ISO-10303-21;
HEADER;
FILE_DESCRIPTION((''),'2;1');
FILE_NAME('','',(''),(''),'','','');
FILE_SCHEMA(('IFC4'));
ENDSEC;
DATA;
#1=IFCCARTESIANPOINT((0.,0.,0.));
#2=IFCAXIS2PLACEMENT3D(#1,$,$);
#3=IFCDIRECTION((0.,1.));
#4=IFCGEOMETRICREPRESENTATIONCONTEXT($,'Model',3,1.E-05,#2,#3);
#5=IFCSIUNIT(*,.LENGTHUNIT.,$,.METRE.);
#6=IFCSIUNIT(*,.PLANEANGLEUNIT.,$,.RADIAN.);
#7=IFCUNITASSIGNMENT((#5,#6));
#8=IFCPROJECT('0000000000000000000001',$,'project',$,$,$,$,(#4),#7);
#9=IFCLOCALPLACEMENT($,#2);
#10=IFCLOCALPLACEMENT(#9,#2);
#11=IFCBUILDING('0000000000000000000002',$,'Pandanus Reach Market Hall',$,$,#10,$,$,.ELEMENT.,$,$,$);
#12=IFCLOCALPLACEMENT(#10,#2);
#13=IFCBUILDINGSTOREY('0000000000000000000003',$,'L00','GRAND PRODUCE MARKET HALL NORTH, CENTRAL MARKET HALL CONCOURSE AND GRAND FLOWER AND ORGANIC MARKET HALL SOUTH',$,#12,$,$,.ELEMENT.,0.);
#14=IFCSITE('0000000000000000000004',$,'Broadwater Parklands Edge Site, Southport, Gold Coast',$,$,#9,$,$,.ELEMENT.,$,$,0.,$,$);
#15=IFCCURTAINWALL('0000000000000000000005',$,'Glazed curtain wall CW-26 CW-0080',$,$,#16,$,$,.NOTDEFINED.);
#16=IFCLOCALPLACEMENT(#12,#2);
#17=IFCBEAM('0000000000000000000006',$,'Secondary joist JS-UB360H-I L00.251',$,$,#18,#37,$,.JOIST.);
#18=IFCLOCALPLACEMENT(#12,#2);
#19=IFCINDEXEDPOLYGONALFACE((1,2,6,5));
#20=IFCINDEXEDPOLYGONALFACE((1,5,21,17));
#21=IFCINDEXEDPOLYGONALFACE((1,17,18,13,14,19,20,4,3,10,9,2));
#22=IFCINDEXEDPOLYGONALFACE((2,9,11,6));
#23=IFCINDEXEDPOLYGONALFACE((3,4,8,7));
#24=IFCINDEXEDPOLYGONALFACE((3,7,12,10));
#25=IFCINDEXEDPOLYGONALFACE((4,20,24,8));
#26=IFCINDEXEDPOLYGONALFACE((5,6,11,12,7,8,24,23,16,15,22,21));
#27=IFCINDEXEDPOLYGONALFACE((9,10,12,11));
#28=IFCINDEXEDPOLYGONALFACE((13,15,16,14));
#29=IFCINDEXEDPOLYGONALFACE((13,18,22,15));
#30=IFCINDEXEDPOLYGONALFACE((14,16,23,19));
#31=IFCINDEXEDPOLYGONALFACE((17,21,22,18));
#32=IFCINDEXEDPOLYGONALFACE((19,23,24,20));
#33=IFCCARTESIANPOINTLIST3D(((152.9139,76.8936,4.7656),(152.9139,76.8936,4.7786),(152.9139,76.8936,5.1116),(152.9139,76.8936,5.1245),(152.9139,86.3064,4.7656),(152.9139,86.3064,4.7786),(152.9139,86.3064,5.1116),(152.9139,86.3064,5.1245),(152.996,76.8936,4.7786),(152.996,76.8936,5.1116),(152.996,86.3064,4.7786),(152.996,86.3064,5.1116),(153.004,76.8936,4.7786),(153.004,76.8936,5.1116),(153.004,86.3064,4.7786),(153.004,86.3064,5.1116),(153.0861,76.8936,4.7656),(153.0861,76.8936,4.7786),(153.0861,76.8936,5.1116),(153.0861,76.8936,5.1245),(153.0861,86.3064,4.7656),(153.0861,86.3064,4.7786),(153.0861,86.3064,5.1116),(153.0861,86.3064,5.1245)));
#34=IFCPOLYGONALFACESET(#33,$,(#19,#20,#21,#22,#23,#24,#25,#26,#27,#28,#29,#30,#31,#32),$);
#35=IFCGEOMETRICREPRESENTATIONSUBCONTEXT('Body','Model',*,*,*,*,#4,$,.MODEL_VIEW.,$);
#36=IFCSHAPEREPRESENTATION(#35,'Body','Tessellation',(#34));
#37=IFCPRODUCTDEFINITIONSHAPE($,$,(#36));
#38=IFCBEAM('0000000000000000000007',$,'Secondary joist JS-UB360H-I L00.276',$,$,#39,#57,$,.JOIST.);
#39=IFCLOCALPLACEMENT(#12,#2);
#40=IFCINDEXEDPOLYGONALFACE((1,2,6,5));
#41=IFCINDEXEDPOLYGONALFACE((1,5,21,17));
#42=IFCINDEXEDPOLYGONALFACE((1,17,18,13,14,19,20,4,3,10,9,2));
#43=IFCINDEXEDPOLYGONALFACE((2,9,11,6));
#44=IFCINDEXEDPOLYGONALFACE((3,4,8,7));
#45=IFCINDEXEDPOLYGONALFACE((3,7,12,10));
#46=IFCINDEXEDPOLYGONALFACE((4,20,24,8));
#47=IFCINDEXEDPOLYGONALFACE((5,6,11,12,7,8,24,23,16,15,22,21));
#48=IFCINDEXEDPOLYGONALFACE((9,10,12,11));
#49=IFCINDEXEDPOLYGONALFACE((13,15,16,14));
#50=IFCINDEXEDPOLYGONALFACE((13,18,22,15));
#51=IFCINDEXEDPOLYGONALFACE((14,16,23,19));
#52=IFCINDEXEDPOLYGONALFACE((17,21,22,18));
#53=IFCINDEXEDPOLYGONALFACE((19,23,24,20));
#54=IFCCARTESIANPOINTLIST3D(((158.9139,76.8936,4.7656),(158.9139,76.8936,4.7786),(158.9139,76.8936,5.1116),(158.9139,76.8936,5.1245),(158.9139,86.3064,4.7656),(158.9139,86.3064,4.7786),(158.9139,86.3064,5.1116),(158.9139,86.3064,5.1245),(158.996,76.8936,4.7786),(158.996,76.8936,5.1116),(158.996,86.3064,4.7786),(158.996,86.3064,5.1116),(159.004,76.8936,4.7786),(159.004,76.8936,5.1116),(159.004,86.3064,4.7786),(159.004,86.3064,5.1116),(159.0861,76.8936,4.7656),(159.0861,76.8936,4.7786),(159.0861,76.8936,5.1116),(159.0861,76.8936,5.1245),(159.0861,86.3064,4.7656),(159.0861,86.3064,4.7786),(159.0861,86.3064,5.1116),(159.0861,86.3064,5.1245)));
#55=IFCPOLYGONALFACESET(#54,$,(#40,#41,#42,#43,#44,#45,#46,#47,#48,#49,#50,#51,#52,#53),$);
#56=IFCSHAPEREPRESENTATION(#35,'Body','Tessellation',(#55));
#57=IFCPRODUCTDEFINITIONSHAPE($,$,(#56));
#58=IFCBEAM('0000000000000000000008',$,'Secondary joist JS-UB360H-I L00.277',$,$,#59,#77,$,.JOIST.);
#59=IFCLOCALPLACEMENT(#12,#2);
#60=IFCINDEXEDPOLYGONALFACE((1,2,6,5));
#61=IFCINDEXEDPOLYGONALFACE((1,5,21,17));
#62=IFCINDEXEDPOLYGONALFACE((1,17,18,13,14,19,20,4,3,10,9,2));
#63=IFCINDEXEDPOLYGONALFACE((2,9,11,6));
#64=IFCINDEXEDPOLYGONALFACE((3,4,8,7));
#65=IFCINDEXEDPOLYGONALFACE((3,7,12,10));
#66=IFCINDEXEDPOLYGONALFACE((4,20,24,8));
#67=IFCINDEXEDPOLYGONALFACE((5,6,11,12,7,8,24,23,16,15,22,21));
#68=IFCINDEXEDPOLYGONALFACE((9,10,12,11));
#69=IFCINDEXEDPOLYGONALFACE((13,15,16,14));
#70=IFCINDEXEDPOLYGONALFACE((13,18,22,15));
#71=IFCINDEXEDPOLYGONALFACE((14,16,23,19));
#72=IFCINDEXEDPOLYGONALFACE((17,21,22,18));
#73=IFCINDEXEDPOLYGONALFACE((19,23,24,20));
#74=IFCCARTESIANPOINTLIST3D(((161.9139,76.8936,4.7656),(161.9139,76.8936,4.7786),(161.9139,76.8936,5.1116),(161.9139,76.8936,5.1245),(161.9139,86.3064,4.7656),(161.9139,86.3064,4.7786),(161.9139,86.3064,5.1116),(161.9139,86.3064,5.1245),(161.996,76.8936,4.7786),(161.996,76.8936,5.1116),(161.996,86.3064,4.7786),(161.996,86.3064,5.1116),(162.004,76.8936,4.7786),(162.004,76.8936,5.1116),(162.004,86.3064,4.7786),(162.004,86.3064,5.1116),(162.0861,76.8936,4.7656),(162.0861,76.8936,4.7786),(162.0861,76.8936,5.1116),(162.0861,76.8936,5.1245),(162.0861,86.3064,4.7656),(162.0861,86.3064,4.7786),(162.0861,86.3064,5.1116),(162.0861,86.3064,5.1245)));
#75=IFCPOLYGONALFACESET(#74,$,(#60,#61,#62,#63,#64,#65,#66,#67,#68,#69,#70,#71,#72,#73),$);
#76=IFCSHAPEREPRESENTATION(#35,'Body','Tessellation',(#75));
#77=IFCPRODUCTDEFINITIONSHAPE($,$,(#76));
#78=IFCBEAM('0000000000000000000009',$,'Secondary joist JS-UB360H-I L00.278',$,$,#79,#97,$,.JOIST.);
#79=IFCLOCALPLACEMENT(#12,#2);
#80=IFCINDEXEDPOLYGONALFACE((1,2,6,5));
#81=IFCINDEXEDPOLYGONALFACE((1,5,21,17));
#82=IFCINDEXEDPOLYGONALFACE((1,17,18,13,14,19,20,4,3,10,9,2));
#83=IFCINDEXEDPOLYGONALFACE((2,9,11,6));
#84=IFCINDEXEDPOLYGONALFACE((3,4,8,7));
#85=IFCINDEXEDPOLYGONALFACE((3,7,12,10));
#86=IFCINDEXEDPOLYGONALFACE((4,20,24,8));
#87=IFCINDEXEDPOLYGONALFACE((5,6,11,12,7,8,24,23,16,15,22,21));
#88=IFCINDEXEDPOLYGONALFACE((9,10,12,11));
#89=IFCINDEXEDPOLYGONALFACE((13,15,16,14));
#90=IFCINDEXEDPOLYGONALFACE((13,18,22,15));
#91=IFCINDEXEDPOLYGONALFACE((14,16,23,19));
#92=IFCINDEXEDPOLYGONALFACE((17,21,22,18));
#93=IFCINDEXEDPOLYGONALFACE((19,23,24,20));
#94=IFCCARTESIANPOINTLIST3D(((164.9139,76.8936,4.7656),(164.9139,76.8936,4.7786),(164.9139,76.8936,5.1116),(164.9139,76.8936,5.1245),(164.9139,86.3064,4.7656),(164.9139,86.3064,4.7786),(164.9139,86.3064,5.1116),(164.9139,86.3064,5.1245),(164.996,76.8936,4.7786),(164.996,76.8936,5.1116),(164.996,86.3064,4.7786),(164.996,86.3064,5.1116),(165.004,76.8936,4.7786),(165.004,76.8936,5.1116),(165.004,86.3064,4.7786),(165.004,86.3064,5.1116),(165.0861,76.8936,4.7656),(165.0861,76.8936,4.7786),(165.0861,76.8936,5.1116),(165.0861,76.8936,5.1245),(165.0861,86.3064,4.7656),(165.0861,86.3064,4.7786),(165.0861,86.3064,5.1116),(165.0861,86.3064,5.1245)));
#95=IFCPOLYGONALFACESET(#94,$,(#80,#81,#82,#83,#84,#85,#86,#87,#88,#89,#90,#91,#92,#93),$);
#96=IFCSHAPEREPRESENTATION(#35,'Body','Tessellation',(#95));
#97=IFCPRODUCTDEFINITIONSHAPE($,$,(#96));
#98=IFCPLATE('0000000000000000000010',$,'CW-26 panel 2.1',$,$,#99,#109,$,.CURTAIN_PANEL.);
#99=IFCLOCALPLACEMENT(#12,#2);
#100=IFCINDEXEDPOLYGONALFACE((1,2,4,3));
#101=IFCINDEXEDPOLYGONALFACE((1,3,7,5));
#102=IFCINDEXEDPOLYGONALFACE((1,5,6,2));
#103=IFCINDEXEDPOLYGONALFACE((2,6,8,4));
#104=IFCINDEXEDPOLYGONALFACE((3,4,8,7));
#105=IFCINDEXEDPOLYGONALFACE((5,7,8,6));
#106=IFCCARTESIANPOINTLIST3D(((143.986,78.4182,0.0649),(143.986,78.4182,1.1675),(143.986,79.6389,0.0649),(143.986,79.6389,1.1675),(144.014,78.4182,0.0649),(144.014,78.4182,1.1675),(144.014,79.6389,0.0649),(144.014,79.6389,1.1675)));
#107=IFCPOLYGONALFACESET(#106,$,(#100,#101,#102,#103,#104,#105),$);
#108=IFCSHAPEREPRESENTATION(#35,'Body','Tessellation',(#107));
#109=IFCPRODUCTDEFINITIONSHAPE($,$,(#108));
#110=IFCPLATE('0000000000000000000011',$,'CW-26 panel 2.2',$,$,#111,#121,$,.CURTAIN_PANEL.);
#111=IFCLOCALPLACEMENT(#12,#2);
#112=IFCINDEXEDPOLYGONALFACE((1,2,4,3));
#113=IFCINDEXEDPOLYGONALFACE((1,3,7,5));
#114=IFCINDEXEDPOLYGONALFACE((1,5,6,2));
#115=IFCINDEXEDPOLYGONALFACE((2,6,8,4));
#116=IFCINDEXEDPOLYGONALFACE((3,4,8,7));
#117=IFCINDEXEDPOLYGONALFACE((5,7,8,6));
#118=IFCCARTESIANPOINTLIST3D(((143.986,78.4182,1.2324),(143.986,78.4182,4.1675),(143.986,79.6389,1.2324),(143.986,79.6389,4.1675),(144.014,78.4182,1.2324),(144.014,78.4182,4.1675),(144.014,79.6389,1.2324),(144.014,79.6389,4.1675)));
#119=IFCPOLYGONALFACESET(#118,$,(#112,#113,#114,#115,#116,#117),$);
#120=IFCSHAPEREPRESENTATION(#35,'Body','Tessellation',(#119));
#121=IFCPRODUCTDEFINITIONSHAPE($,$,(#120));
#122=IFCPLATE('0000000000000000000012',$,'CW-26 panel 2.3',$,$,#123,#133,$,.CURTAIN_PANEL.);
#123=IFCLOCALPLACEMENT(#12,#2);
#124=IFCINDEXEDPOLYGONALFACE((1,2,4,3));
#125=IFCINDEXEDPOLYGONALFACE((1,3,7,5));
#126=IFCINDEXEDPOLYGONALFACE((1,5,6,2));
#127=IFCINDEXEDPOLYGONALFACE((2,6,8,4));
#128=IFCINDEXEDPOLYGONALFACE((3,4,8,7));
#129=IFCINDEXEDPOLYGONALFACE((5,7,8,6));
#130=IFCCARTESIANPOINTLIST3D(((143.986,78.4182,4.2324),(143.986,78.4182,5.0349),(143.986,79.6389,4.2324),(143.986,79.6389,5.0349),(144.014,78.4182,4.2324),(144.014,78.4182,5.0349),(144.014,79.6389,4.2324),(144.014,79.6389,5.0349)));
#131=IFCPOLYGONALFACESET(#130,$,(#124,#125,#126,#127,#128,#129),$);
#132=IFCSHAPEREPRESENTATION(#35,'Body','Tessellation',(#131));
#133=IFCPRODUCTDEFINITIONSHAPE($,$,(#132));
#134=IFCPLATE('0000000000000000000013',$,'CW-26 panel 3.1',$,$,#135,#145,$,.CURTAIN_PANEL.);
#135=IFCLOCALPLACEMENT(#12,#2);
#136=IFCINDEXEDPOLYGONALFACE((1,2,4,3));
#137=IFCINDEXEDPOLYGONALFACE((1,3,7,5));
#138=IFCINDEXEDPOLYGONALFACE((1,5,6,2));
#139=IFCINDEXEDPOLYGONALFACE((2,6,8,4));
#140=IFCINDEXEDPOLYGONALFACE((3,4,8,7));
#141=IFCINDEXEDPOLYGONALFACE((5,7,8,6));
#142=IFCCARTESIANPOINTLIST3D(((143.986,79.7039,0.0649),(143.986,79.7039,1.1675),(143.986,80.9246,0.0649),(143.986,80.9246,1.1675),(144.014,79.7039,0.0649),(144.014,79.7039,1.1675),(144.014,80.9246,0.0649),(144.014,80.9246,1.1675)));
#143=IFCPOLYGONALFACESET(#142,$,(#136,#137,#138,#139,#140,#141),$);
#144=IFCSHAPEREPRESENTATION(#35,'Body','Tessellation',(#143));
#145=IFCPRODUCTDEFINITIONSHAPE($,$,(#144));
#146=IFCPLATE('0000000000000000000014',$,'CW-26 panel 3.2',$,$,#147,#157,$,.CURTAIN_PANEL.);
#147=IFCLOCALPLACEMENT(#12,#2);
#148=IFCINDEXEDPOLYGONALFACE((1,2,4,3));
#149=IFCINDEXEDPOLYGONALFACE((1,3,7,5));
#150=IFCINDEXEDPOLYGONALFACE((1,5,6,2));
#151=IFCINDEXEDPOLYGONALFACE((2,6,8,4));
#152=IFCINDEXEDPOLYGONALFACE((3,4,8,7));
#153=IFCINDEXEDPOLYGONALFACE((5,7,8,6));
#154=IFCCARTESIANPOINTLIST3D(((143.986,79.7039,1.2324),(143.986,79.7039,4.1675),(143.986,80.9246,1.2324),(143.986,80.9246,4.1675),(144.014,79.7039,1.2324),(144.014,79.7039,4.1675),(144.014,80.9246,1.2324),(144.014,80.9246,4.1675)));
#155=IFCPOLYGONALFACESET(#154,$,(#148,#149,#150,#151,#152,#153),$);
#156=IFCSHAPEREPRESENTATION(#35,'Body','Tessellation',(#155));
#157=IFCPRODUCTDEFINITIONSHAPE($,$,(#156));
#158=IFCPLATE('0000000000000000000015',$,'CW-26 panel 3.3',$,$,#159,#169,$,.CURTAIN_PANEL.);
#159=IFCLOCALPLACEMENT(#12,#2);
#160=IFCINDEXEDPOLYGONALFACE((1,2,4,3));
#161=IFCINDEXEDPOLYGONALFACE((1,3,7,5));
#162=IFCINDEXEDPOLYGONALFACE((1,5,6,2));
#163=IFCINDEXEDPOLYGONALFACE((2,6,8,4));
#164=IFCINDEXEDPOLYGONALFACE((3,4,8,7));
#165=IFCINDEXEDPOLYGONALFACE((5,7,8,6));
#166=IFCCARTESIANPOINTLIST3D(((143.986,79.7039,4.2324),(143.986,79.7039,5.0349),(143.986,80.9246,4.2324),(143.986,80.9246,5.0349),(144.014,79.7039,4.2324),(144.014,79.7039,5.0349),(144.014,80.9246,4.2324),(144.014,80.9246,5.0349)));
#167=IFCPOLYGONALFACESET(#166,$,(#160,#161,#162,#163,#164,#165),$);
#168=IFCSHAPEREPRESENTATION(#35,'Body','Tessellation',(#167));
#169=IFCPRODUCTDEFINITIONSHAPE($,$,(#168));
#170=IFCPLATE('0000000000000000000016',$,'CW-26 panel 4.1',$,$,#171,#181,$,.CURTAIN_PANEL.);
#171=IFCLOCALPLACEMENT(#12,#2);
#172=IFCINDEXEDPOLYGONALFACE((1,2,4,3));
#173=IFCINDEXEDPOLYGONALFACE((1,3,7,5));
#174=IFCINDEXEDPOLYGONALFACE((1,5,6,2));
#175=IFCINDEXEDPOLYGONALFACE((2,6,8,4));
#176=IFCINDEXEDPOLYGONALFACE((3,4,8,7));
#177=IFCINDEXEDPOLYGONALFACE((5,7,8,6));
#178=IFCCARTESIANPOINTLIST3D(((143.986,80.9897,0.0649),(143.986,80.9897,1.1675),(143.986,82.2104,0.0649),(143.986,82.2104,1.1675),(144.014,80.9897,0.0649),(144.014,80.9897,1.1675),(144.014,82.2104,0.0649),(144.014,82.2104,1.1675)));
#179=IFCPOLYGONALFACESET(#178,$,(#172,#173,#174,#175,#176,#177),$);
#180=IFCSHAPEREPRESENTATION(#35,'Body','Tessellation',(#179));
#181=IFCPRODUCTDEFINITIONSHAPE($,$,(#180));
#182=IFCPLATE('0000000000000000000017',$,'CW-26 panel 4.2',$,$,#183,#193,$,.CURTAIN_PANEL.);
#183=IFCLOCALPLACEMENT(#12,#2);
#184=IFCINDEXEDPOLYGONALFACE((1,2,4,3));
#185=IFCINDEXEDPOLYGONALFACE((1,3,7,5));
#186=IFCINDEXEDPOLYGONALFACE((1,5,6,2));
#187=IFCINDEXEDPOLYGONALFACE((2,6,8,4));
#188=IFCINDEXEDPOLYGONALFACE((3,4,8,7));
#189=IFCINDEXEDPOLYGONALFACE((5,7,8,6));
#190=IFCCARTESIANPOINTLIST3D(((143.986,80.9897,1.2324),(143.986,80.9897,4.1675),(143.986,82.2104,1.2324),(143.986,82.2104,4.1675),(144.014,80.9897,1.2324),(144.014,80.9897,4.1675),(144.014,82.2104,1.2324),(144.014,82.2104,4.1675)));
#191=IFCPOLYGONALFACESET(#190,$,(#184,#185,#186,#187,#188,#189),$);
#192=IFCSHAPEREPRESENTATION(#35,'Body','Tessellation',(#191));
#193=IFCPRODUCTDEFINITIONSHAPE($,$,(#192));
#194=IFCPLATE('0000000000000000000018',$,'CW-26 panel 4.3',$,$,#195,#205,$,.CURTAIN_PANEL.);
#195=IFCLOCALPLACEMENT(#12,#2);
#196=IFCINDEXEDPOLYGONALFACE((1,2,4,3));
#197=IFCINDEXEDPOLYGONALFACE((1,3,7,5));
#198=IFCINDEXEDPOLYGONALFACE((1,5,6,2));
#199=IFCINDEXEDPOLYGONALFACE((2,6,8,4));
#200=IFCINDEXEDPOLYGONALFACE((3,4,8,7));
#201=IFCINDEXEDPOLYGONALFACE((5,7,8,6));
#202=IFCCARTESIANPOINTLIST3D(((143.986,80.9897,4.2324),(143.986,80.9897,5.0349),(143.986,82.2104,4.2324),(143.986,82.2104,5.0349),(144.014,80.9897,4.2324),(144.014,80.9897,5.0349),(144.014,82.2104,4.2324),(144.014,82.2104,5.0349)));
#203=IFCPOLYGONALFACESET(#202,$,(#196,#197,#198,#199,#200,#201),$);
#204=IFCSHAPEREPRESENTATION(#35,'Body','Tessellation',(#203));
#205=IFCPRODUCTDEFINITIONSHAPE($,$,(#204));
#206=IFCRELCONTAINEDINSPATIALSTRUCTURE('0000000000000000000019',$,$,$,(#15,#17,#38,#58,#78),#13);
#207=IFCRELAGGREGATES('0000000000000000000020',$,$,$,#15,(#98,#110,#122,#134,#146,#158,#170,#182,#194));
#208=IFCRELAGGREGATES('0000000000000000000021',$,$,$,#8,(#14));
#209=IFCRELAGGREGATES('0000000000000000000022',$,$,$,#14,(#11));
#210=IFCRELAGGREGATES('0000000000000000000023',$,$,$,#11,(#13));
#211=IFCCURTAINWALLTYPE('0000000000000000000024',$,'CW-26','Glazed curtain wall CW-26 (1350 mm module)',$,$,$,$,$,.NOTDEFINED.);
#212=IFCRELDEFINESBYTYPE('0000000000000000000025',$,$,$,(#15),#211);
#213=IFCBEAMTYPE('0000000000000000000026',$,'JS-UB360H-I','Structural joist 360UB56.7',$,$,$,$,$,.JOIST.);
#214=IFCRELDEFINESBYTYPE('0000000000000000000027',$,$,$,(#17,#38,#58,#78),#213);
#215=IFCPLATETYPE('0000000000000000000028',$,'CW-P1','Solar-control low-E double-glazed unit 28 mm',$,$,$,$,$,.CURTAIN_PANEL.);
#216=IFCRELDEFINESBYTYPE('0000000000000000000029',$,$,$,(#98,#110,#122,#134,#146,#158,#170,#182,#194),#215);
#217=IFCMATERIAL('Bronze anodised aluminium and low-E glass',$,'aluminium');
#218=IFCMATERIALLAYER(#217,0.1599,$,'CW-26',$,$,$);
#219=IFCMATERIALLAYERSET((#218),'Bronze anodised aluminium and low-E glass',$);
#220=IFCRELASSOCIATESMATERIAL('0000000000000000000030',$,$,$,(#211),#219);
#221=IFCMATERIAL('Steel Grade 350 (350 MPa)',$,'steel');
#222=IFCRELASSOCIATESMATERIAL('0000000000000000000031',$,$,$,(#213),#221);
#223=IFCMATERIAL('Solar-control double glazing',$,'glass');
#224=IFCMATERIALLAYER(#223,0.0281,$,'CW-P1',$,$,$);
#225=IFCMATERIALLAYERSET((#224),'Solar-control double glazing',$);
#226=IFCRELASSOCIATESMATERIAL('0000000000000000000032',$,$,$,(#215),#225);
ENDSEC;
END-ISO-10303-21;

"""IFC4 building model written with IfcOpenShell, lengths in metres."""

from ifc_helpers import new_model, si_unit, direction, frame, origin, origin_2d, place, context, subcontext, project, spatial, rectangle, i_section, extrude, material, layer, layer_set, material_profile, profile_set, type_object, element, aggregate, save


model = new_model("IFC4")

# Units and contexts
model_context = context("Model", 3, precision=1e-05, world=origin(), true_north=direction((0.0, 1.0)))
body_context = subcontext(model_context, "Body", "Model", "MODEL_VIEW")
ifc_project = project(units=[si_unit("LENGTHUNIT", "METRE"), si_unit("PLANEANGLEUNIT", "RADIAN")], contexts=[model_context])

# Site, building, storey
site_placement = place(None, origin())
site = spatial("IfcSite", under=ifc_project, at=site_placement, Name="Broadwater Parklands Edge Site, Southport, Gold Coast", CompositionType="ELEMENT", RefElevation=0.0)
building_placement = place(site_placement, origin())
building = spatial("IfcBuilding", under=site, at=building_placement, Name="Pandanus Reach Market Hall", CompositionType="ELEMENT")
storey_placement = place(building_placement, origin())
storey = spatial("IfcBuildingStorey", under=building, at=storey_placement, Name="L00", Description="GRAND PRODUCE MARKET HALL NORTH, CENTRAL MARKET HALL CONCOURSE AND GRAND FLOWER AND ORGANIC MARKET HALL SOUTH", CompositionType="ELEMENT", Elevation=0.0)

# Shared definitions
ifc_material_1 = material(Name="Steel Grade 350 (350 MPa)", Category="steel")

# Curtain wall
ifc_material_2 = material(Name="Bronze anodised aluminium and low-E glass", Category="aluminium")
ifc_layer_1 = layer(ifc_material_2, 0.1599, Name="CW-26")
ifc_layer_set_1 = layer_set([ifc_layer_1], Name="Bronze anodised aluminium and low-E glass")
curtain_wall_type = type_object("IfcCurtainWallType", Name="CW-26", Description="Glazed curtain wall CW-26 (1350 mm module)", PredefinedType="NOTDEFINED", material=ifc_layer_set_1)
curtain_wall_placement = place(storey_placement, origin())
curtain_wall = element("IfcCurtainWall", 1, at=curtain_wall_placement, inside=storey, type_object=curtain_wall_type, Name="Glazed curtain wall CW-26 CW-0080", PredefinedType="NOTDEFINED")

# Beams
ifc_material_profile_1 = material_profile(ifc_material_1, i_section(OverallWidth=0.1721, OverallDepth=0.3589, WebThickness=0.0081, FlangeThickness=0.0129, at=origin_2d()), Name="360UB56.7", Category="LoadBearing")
ifc_profile_set_1 = profile_set([ifc_material_profile_1], Name="Steel Grade 350 (350 MPa)")
beam_type_1 = type_object("IfcBeamType", Name="JS-UB360H-I", Description="Structural joist 360UB56.7", PredefinedType="JOIST", material=ifc_profile_set_1)
for number, where, z_axis, x_axis, name in (
    (2, (153.0, 76.8936, 4.9451), (0.0, 1.0, 0.0), (-1.0, 0.0, 0.0), "Secondary joist JS-UB360H-I L00.251"),
    (3, (159.0, 76.8936, 4.9451), (0.0, 1.0, 0.0), (-1.0, 0.0, 0.0), "Secondary joist JS-UB360H-I L00.276"),
    (4, (162.0, 76.8936, 4.9451), (0.0, 1.0, 0.0), (-1.0, 0.0, 0.0), "Secondary joist JS-UB360H-I L00.277"),
    (5, (165.0, 76.8936, 4.9451), (0.0, 1.0, 0.0), (-1.0, 0.0, 0.0), "Secondary joist JS-UB360H-I L00.278"),
):
    element("IfcBeam", number, at=place(storey_placement, frame(where, z_axis=z_axis, x_axis=x_axis)), inside=storey, type_object=beam_type_1, Name=name, PredefinedType="JOIST", context=body_context, shape_type="SweptSolid", body=[
        extrude(i_section(OverallWidth=0.1721, OverallDepth=0.3589, WebThickness=0.0081, FlangeThickness=0.0129, at=origin_2d()), origin(), (0.0, 0.0, 1.0), 9.4128),
    ])

# Plates
ifc_material_3 = material(Name="Solar-control double glazing", Category="glass")
ifc_layer_2 = layer(ifc_material_3, 0.0281, Name="CW-P1")
ifc_layer_set_2 = layer_set([ifc_layer_2], Name="Solar-control double glazing")
plate_type = type_object("IfcPlateType", Name="CW-P1", Description="Solar-control low-E double-glazed unit 28 mm", PredefinedType="CURTAIN_PANEL", material=ifc_layer_set_2)
plate_1_placement = place(storey_placement, frame((144.0, 79.0286, 0.0649), z_axis=(0.0, 0.0, 1.0), x_axis=(0.0, 1.0, 0.0)))
plate_1 = element("IfcPlate", 6, at=plate_1_placement, type_object=plate_type, Name="CW-26 panel 2.1", PredefinedType="CURTAIN_PANEL", context=body_context, shape_type="SweptSolid", body=[
    extrude(rectangle(XDim=1.2207, YDim=0.0281, at=origin_2d()), origin(), (0.0, 0.0, 1.0), 1.1025),
])
plate_2_placement = place(storey_placement, frame((144.0, 79.0286, 1.2324), z_axis=(0.0, 0.0, 1.0), x_axis=(0.0, 1.0, 0.0)))
plate_2 = element("IfcPlate", 7, at=plate_2_placement, type_object=plate_type, Name="CW-26 panel 2.2", PredefinedType="CURTAIN_PANEL", context=body_context, shape_type="SweptSolid", body=[
    extrude(rectangle(XDim=1.2207, YDim=0.0281, at=origin_2d()), origin(), (0.0, 0.0, 1.0), 2.9351),
])
plate_3_placement = place(storey_placement, frame((144.0, 79.0286, 4.2324), z_axis=(0.0, 0.0, 1.0), x_axis=(0.0, 1.0, 0.0)))
plate_3 = element("IfcPlate", 8, at=plate_3_placement, type_object=plate_type, Name="CW-26 panel 2.3", PredefinedType="CURTAIN_PANEL", context=body_context, shape_type="SweptSolid", body=[
    extrude(rectangle(XDim=1.2207, YDim=0.0281, at=origin_2d()), origin(), (0.0, 0.0, 1.0), 0.8025),
])
plate_4_placement = place(storey_placement, frame((144.0, 80.3142, 0.0649), z_axis=(0.0, 0.0, 1.0), x_axis=(0.0, 1.0, 0.0)))
plate_4 = element("IfcPlate", 9, at=plate_4_placement, type_object=plate_type, Name="CW-26 panel 3.1", PredefinedType="CURTAIN_PANEL", context=body_context, shape_type="SweptSolid", body=[
    extrude(rectangle(XDim=1.2207, YDim=0.0281, at=origin_2d()), origin(), (0.0, 0.0, 1.0), 1.1025),
])
plate_5_placement = place(storey_placement, frame((144.0, 80.3142, 1.2324), z_axis=(0.0, 0.0, 1.0), x_axis=(0.0, 1.0, 0.0)))
plate_5 = element("IfcPlate", 10, at=plate_5_placement, type_object=plate_type, Name="CW-26 panel 3.2", PredefinedType="CURTAIN_PANEL", context=body_context, shape_type="SweptSolid", body=[
    extrude(rectangle(XDim=1.2207, YDim=0.0281, at=origin_2d()), origin(), (0.0, 0.0, 1.0), 2.9351),
])
plate_6_placement = place(storey_placement, frame((144.0, 80.3142, 4.2324), z_axis=(0.0, 0.0, 1.0), x_axis=(0.0, 1.0, 0.0)))
plate_6 = element("IfcPlate", 11, at=plate_6_placement, type_object=plate_type, Name="CW-26 panel 3.3", PredefinedType="CURTAIN_PANEL", context=body_context, shape_type="SweptSolid", body=[
    extrude(rectangle(XDim=1.2207, YDim=0.0281, at=origin_2d()), origin(), (0.0, 0.0, 1.0), 0.8025),
])
plate_7_placement = place(storey_placement, frame((144.0, 81.6001, 0.0649), z_axis=(0.0, 0.0, 1.0), x_axis=(0.0, 1.0, 0.0)))
plate_7 = element("IfcPlate", 12, at=plate_7_placement, type_object=plate_type, Name="CW-26 panel 4.1", PredefinedType="CURTAIN_PANEL", context=body_context, shape_type="SweptSolid", body=[
    extrude(rectangle(XDim=1.2207, YDim=0.0281, at=origin_2d()), origin(), (0.0, 0.0, 1.0), 1.1025),
])
plate_8_placement = place(storey_placement, frame((144.0, 81.6001, 1.2324), z_axis=(0.0, 0.0, 1.0), x_axis=(0.0, 1.0, 0.0)))
plate_8 = element("IfcPlate", 13, at=plate_8_placement, type_object=plate_type, Name="CW-26 panel 4.2", PredefinedType="CURTAIN_PANEL", context=body_context, shape_type="SweptSolid", body=[
    extrude(rectangle(XDim=1.2207, YDim=0.0281, at=origin_2d()), origin(), (0.0, 0.0, 1.0), 2.9351),
])
plate_9_placement = place(storey_placement, frame((144.0, 81.6001, 4.2324), z_axis=(0.0, 0.0, 1.0), x_axis=(0.0, 1.0, 0.0)))
plate_9 = element("IfcPlate", 14, at=plate_9_placement, type_object=plate_type, Name="CW-26 panel 4.3", PredefinedType="CURTAIN_PANEL", context=body_context, shape_type="SweptSolid", body=[
    extrude(rectangle(XDim=1.2207, YDim=0.0281, at=origin_2d()), origin(), (0.0, 0.0, 1.0), 0.8025),
])
aggregate(curtain_wall, [plate_1, plate_2, plate_3, plate_4, plate_5, plate_6, plate_7, plate_8, plate_9])

save(model, "model.ifc")
